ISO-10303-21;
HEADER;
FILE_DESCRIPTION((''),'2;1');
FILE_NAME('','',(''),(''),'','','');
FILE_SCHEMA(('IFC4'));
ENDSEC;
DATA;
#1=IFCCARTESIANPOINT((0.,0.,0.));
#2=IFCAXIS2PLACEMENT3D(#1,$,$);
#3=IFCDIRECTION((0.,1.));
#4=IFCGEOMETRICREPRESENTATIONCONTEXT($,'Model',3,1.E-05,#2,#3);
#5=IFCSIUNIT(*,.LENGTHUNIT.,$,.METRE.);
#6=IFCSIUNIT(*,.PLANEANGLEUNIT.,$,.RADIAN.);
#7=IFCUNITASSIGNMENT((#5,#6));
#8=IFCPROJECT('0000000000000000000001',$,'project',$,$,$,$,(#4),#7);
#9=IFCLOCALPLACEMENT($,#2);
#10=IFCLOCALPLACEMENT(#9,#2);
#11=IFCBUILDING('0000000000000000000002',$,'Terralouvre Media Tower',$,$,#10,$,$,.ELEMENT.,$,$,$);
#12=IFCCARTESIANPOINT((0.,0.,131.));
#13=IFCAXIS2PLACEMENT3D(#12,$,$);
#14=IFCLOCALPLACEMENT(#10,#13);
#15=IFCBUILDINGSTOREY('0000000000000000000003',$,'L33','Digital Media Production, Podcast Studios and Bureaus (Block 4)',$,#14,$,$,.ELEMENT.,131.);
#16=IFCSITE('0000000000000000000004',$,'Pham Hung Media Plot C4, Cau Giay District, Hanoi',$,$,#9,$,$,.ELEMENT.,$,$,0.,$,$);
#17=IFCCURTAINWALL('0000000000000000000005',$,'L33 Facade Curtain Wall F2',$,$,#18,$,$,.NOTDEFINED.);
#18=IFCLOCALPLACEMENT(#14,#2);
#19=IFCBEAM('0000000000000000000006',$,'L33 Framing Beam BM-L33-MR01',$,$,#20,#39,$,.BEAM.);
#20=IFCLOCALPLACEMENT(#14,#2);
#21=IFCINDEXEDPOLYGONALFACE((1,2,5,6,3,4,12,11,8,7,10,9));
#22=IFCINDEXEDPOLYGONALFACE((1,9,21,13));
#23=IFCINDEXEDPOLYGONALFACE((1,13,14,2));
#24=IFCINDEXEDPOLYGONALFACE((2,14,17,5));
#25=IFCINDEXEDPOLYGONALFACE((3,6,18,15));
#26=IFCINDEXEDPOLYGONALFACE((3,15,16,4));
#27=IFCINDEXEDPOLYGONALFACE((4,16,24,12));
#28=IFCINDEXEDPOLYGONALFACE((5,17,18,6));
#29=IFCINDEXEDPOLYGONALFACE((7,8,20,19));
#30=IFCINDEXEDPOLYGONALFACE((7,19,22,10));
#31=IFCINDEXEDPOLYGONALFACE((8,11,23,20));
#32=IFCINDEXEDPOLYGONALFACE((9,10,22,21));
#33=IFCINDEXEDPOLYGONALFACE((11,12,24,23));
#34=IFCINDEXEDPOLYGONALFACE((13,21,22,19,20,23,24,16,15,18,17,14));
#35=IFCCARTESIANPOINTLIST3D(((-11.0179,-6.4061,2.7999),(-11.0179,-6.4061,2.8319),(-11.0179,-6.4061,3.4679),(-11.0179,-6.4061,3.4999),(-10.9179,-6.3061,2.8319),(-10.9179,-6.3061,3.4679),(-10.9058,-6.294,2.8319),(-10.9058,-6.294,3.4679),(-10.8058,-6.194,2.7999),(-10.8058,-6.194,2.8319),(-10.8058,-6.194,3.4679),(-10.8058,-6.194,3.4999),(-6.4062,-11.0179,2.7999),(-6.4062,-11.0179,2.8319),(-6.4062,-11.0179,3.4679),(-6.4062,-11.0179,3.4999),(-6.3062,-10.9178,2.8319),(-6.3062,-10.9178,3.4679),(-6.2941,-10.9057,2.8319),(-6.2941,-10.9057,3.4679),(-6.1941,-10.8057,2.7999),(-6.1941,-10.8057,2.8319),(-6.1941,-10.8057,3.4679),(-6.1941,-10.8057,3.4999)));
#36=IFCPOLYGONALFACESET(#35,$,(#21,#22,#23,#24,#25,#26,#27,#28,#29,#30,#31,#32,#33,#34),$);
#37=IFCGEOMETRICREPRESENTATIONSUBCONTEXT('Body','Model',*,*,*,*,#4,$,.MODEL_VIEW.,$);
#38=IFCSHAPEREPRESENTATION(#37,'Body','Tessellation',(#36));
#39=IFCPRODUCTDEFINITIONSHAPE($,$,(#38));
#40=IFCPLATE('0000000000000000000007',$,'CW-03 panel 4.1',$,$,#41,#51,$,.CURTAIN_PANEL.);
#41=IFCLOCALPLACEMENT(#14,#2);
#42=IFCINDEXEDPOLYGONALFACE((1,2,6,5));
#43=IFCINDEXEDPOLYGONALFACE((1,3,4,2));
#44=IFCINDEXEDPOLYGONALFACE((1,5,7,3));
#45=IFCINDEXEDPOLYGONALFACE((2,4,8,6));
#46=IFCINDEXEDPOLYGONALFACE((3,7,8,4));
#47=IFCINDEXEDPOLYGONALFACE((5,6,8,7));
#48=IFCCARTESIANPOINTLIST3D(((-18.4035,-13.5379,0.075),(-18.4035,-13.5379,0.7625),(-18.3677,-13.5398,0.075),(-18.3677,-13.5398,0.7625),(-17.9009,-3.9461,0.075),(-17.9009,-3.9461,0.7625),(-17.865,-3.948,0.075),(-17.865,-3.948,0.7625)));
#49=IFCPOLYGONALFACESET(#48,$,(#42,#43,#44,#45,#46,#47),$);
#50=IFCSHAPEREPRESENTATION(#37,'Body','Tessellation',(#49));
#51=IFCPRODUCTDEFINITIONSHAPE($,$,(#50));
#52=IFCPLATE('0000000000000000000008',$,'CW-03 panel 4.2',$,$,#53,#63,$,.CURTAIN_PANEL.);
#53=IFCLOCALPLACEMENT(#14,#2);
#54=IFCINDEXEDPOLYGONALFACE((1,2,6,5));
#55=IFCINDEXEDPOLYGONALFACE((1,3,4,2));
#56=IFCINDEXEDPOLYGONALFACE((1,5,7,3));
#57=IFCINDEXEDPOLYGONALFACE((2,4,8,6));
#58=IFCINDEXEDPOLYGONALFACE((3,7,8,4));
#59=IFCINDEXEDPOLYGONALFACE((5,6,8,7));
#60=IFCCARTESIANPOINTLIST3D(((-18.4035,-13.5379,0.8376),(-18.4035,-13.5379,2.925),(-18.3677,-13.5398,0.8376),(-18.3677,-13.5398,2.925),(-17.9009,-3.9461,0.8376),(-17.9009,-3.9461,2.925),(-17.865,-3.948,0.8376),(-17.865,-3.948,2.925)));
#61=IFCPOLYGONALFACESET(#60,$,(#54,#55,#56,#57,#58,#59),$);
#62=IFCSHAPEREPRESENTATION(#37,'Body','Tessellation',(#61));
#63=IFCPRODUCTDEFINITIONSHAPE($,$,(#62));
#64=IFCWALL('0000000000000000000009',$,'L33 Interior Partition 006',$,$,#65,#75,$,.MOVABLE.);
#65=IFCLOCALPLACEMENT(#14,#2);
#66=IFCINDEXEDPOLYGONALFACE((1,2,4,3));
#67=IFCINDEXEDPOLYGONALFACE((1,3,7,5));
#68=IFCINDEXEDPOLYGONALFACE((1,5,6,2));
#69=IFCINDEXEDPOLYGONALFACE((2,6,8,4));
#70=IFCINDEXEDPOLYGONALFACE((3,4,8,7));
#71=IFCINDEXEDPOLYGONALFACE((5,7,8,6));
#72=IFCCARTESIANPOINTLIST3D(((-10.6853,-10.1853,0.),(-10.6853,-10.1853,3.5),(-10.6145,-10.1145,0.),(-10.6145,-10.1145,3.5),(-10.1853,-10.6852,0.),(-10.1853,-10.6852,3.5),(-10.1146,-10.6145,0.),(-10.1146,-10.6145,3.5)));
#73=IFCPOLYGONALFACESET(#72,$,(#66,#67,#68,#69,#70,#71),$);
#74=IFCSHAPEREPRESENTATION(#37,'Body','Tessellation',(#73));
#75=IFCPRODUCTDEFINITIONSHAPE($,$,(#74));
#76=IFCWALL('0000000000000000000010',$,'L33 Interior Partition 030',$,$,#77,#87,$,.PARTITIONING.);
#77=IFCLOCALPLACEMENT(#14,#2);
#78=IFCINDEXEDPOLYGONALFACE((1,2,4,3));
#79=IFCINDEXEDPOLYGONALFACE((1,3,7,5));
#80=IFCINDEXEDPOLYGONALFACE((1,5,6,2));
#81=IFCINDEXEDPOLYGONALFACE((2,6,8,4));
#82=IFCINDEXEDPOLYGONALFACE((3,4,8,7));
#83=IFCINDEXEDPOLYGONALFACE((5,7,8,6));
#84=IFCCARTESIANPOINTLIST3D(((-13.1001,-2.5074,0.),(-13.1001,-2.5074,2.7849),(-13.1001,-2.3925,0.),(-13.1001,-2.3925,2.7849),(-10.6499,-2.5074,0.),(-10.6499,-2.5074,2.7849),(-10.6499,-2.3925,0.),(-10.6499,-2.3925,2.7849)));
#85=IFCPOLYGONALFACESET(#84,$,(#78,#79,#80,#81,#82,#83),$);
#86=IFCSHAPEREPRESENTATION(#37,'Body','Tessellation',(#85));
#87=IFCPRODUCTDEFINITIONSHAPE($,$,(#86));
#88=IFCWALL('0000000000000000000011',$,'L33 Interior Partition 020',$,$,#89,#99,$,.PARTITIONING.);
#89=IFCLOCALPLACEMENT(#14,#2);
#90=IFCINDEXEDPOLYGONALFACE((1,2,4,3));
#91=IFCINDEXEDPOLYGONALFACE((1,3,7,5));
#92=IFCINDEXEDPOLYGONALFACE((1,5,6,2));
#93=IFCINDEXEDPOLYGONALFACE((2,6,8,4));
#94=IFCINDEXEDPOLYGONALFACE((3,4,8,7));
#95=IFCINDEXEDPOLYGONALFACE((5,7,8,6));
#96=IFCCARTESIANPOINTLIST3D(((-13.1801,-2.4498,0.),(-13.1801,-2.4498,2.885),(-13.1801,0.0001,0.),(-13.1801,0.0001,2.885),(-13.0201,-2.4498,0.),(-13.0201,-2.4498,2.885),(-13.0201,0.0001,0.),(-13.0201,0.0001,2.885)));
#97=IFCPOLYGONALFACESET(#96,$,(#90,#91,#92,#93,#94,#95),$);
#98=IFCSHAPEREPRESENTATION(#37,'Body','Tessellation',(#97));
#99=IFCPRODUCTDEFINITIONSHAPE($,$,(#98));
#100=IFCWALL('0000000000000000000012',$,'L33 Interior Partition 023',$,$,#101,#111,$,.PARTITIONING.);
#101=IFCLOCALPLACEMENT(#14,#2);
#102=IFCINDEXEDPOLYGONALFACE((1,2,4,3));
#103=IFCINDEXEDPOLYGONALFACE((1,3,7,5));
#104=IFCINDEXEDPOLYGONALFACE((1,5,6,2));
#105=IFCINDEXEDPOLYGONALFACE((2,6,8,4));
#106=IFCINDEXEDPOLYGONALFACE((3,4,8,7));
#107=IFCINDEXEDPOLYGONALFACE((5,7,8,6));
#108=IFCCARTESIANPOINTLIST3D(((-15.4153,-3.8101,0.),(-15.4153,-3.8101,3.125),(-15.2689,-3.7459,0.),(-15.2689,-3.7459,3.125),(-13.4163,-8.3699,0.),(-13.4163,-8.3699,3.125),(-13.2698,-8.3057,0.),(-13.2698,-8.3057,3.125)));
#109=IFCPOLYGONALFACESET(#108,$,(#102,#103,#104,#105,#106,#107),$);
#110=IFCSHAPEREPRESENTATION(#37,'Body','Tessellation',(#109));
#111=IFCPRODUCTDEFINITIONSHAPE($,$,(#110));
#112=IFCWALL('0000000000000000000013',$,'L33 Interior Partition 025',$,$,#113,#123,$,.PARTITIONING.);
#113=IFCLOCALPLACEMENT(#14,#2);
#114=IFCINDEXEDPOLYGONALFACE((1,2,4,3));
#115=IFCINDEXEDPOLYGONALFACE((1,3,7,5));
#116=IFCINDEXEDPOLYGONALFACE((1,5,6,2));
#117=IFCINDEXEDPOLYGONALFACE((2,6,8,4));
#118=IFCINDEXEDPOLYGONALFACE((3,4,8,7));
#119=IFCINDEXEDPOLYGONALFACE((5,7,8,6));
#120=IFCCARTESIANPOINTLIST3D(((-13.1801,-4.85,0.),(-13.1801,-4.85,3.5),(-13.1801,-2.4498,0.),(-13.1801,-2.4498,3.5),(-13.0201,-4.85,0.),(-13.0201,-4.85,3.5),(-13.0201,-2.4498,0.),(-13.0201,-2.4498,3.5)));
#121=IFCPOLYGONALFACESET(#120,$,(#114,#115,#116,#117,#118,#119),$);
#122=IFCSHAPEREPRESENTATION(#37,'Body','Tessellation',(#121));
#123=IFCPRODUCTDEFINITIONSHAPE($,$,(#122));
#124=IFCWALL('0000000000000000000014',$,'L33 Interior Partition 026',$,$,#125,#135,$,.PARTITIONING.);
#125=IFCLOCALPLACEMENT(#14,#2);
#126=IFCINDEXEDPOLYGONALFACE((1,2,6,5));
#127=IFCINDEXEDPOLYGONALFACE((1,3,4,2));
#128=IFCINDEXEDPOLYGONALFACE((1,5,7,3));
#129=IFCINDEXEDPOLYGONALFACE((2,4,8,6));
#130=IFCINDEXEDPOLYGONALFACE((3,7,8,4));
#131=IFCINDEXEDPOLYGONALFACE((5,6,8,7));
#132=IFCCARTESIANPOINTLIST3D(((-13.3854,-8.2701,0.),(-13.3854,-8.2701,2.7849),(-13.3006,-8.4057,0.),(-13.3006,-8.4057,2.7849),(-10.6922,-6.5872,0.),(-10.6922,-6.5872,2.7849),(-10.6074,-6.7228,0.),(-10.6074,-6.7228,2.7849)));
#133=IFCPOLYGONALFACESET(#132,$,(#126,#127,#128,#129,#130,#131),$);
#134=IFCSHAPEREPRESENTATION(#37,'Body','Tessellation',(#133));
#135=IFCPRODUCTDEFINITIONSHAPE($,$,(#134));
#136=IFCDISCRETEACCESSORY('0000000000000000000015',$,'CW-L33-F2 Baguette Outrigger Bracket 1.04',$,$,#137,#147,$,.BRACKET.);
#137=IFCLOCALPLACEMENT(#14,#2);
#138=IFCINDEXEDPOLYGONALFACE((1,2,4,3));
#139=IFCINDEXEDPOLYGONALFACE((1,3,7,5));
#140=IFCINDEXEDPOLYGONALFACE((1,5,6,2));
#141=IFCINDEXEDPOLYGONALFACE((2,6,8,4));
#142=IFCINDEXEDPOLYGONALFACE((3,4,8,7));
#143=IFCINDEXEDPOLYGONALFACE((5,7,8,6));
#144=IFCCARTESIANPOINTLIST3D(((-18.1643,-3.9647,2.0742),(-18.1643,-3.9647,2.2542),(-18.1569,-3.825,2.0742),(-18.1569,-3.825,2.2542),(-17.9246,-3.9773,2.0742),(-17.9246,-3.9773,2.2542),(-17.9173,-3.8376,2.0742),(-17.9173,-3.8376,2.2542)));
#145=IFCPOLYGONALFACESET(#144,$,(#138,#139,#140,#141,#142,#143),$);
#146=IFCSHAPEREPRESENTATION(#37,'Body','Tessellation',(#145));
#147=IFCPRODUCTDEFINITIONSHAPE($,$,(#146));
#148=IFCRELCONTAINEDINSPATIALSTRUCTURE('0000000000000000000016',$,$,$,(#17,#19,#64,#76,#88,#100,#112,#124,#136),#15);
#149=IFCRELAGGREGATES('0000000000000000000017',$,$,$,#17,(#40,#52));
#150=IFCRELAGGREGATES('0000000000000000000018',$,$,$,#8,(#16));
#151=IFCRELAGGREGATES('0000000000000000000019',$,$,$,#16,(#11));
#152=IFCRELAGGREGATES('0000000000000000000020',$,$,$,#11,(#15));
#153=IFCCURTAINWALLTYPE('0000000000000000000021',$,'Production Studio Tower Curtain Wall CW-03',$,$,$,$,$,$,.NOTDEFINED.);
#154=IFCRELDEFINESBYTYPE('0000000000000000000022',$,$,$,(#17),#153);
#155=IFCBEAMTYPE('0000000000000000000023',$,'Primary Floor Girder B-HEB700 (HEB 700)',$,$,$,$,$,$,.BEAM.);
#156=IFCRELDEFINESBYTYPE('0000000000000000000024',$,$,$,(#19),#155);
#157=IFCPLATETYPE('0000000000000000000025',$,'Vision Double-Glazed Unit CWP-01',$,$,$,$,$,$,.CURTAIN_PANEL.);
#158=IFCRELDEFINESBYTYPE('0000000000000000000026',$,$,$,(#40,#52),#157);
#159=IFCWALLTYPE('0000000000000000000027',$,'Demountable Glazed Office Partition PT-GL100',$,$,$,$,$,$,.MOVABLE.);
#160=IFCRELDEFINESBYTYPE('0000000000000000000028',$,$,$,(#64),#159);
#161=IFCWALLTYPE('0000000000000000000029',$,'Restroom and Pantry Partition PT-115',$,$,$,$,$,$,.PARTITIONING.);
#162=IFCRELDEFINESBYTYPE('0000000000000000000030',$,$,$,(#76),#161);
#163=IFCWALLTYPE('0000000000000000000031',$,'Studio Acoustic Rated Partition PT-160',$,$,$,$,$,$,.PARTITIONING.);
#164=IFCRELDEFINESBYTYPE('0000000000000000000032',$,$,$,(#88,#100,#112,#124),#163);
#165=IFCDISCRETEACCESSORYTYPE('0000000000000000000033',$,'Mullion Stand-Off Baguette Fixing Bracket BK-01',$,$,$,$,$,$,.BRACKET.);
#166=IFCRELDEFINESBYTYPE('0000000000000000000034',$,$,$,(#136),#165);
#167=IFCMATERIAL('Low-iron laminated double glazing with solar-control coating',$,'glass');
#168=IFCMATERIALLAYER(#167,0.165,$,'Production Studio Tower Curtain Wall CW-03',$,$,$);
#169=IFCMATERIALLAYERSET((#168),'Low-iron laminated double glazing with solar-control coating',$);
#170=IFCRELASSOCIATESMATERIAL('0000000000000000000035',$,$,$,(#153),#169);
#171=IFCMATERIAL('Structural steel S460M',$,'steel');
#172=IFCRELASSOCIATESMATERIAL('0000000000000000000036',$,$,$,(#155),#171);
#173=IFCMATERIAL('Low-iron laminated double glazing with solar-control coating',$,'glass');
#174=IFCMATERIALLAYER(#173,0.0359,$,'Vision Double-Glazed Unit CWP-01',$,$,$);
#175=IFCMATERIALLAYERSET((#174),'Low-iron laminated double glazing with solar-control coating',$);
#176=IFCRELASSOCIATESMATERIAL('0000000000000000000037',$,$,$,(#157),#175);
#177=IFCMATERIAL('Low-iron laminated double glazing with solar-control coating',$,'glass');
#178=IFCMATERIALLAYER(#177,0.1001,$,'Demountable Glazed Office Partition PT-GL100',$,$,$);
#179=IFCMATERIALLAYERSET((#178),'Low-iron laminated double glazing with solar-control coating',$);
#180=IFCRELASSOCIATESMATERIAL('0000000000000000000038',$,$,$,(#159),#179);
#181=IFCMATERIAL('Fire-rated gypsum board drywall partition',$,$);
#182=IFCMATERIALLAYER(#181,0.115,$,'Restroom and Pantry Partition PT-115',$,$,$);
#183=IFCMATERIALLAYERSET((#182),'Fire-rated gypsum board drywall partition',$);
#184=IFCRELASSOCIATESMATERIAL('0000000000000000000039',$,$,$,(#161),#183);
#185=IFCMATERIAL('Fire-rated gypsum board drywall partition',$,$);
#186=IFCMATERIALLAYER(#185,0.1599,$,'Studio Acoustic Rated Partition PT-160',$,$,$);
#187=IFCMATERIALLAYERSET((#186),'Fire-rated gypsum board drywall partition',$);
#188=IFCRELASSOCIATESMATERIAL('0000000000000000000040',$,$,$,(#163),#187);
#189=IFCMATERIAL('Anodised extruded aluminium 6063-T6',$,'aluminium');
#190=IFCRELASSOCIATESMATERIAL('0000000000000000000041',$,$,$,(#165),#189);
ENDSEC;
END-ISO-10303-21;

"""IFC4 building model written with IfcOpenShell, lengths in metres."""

from ifc_helpers import new_model, si_unit, direction, frame, frame_2d, origin, origin_2d, place, context, subcontext, project, spatial, rectangle, i_section, extrude, material, layer, layer_set, material_profile, profile_set, type_object, element, aggregate, save


model = new_model("IFC4")

# Units and contexts
model_context = context("Model", 3, precision=1e-05, world=origin(), true_north=direction((0.0, 1.0)))
body_context = subcontext(model_context, "Body", "Model", "MODEL_VIEW")
ifc_project = project(units=[si_unit("LENGTHUNIT", "METRE"), si_unit("PLANEANGLEUNIT", "RADIAN")], contexts=[model_context])

# Site, building, storey
site_placement = place(None, origin())
site = spatial("IfcSite", under=ifc_project, at=site_placement, Name="Pham Hung Media Plot C4, Cau Giay District, Hanoi", CompositionType="ELEMENT", RefElevation=0.0)
building_placement = place(site_placement, origin())
building = spatial("IfcBuilding", under=site, at=building_placement, Name="Terralouvre Media Tower", CompositionType="ELEMENT")
storey_placement = place(building_placement, frame((0.0, 0.0, 131.0)))
storey = spatial("IfcBuildingStorey", under=building, at=storey_placement, Name="L33", Description="Digital Media Production, Podcast Studios and Bureaus (Block 4)", CompositionType="ELEMENT", Elevation=131.0)

# Curtain wall
ifc_material_1 = material(Name="Low-iron laminated double glazing with solar-control coating", Category="glass")
ifc_layer_1 = layer(ifc_material_1, 0.165, Name="Production Studio Tower Curtain Wall CW-03")
ifc_layer_set_1 = layer_set([ifc_layer_1], Name="Low-iron laminated double glazing with solar-control coating")
curtain_wall_type = type_object("IfcCurtainWallType", Name="Production Studio Tower Curtain Wall CW-03", PredefinedType="NOTDEFINED", material=ifc_layer_set_1)
curtain_wall_placement = place(storey_placement, origin())
curtain_wall = element("IfcCurtainWall", 1, at=curtain_wall_placement, inside=storey, type_object=curtain_wall_type, Name="L33 Facade Curtain Wall F2", PredefinedType="NOTDEFINED")

# Beam
ifc_material_2 = material(Name="Structural steel S460M", Category="steel")
ifc_material_profile_1 = material_profile(ifc_material_2, i_section(OverallWidth=0.3, OverallDepth=0.7, WebThickness=0.0171, FlangeThickness=0.032, at=origin_2d()), Name="HEB 700")
ifc_profile_set_1 = profile_set([ifc_material_profile_1], Name="Structural steel S460M")
beam_type_1 = type_object("IfcBeamType", Name="Primary Floor Girder B-HEB700 (HEB 700)", PredefinedType="BEAM", material=ifc_profile_set_1)
beam_1_placement = place(storey_placement, frame((-10.9119, -6.3, 3.1499), z_axis=(0.707107, -0.707107, 0.0), x_axis=(0.707107, 0.707107, 0.0)))
element("IfcBeam", 2, at=beam_1_placement, inside=storey, type_object=beam_type_1, Name="L33 Framing Beam BM-L33-MR01", PredefinedType="BEAM", context=body_context, shape_type="SweptSolid", body=[
    extrude(i_section(OverallWidth=0.3, OverallDepth=0.7, WebThickness=0.0171, FlangeThickness=0.032, at=origin_2d()), origin(), (0.0, 0.0, 1.0), 6.522),
])

# Plates
ifc_material_3 = material(Name="Low-iron laminated double glazing with solar-control coating", Category="glass")
ifc_layer_2 = layer(ifc_material_3, 0.0359, Name="Vision Double-Glazed Unit CWP-01")
ifc_layer_set_2 = layer_set([ifc_layer_2], Name="Low-iron laminated double glazing with solar-control coating")
plate_type = type_object("IfcPlateType", Name="Vision Double-Glazed Unit CWP-01", PredefinedType="CURTAIN_PANEL", material=ifc_layer_set_2)
plate_1_placement = place(storey_placement, frame((-18.1343, -8.7429, 0.075), z_axis=(0.0, 0.0, 1.0), x_axis=(-0.052336, -0.99863, 0.0)))
plate_1 = element("IfcPlate", 3, at=plate_1_placement, type_object=plate_type, Name="CW-03 panel 4.1", PredefinedType="CURTAIN_PANEL", context=body_context, shape_type="SweptSolid", body=[
    extrude(rectangle(XDim=9.605, YDim=0.0359, at=origin_2d()), origin(), (0.0, 0.0, 1.0), 0.6875),
])
plate_2_placement = place(storey_placement, frame((-18.1343, -8.7429, 0.8376), z_axis=(0.0, 0.0, 1.0), x_axis=(-0.052336, -0.99863, 0.0)))
plate_2 = element("IfcPlate", 4, at=plate_2_placement, type_object=plate_type, Name="CW-03 panel 4.2", PredefinedType="CURTAIN_PANEL", context=body_context, shape_type="SweptSolid", body=[
    extrude(rectangle(XDim=9.605, YDim=0.0359, at=origin_2d()), origin(), (0.0, 0.0, 1.0), 2.0874),
])
aggregate(curtain_wall, [plate_1, plate_2])

# Walls
ifc_material_4 = material(Name="Low-iron laminated double glazing with solar-control coating", Category="glass")
ifc_layer_3 = layer(ifc_material_4, 0.1001, Name="Demountable Glazed Office Partition PT-GL100")
ifc_layer_set_3 = layer_set([ifc_layer_3], Name="Low-iron laminated double glazing with solar-control coating")
wall_type_1 = type_object("IfcWallType", Name="Demountable Glazed Office Partition PT-GL100", PredefinedType="MOVABLE", material=ifc_layer_set_3)
wall_1_placement = place(storey_placement, frame((-10.6499, -10.1499, 0.0), z_axis=(0.0, 0.0, 1.0), x_axis=(0.707107, -0.707107, 0.0)))
element("IfcWall", 5, at=wall_1_placement, inside=storey, type_object=wall_type_1, Name="L33 Interior Partition 006", PredefinedType="MOVABLE", context=body_context, shape_type="SweptSolid", body=[
    extrude(rectangle(XDim=0.707, YDim=0.1001, at=frame_2d((0.3535, 0.0))), origin(), (0.0, 0.0, 1.0), 3.5),
])
ifc_material_5 = material(Name="Fire-rated gypsum board drywall partition")
ifc_layer_4 = layer(ifc_material_5, 0.115, Name="Restroom and Pantry Partition PT-115")
ifc_layer_set_4 = layer_set([ifc_layer_4], Name="Fire-rated gypsum board drywall partition")
wall_type_2 = type_object("IfcWallType", Name="Restroom and Pantry Partition PT-115", PredefinedType="PARTITIONING", material=ifc_layer_set_4)
wall_2_placement = place(storey_placement, frame((-13.1001, -2.45, 0.0), z_axis=(0.0, 0.0, 1.0), x_axis=(1.0, 0.0, 0.0)))
element("IfcWall", 6, at=wall_2_placement, inside=storey, type_object=wall_type_2, Name="L33 Interior Partition 030", PredefinedType="PARTITIONING", context=body_context, shape_type="SweptSolid", body=[
    extrude(rectangle(XDim=2.4502, YDim=0.115, at=frame_2d((1.2251, 0.0))), origin(), (0.0, 0.0, 1.0), 2.7849),
])
ifc_material_6 = material(Name="Fire-rated gypsum board drywall partition")
ifc_layer_5 = layer(ifc_material_6, 0.1599, Name="Studio Acoustic Rated Partition PT-160")
ifc_layer_set_5 = layer_set([ifc_layer_5], Name="Fire-rated gypsum board drywall partition")
wall_type_3 = type_object("IfcWallType", Name="Studio Acoustic Rated Partition PT-160", PredefinedType="PARTITIONING", material=ifc_layer_set_5)
wall_3_placement = place(storey_placement, frame((-13.1001, -2.45, 0.0), z_axis=(0.0, 0.0, 1.0), x_axis=(0.0, 1.0, 0.0)))
element("IfcWall", 7, at=wall_3_placement, inside=storey, type_object=wall_type_3, Name="L33 Interior Partition 020", PredefinedType="PARTITIONING", context=body_context, shape_type="SweptSolid", body=[
    extrude(rectangle(XDim=2.45, YDim=0.1599, at=frame_2d((1.2251, 0.0))), origin(), (0.0, 0.0, 1.0), 2.885),
])
wall_4_placement = place(storey_placement, frame((-15.342, -3.7781, 0.0), z_axis=(0.0, 0.0, 1.0), x_axis=(0.401511, -0.915854, 0.0)))
element("IfcWall", 8, at=wall_4_placement, inside=storey, type_object=wall_type_3, Name="L33 Interior Partition 023", PredefinedType="PARTITIONING", context=body_context, shape_type="SweptSolid", body=[
    extrude(rectangle(XDim=4.9788, YDim=0.1599, at=frame_2d((2.4893, 0.0))), origin(), (0.0, 0.0, 1.0), 3.125),
])
wall_5_placement = place(storey_placement, frame((-13.1001, -4.8501, 0.0), z_axis=(0.0, 0.0, 1.0), x_axis=(0.0, 1.0, 0.0)))
element("IfcWall", 9, at=wall_5_placement, inside=storey, type_object=wall_type_3, Name="L33 Interior Partition 025", PredefinedType="PARTITIONING", context=body_context, shape_type="SweptSolid", body=[
    extrude(rectangle(XDim=2.4001, YDim=0.1599, at=frame_2d((1.2002, 0.0))), origin(), (0.0, 0.0, 1.0), 3.5),
])
wall_6_placement = place(storey_placement, frame((-13.343, -8.3379, 0.0), z_axis=(0.0, 0.0, 1.0), x_axis=(0.848046, 0.529923, 0.0)))
element("IfcWall", 10, at=wall_6_placement, inside=storey, type_object=wall_type_3, Name="L33 Interior Partition 026", PredefinedType="PARTITIONING", context=body_context, shape_type="SweptSolid", body=[
    extrude(rectangle(XDim=3.1758, YDim=0.1599, at=frame_2d((1.5879, 0.0))), origin(), (0.0, 0.0, 1.0), 2.7849),
])

# Discrete accessory
ifc_material_7 = material(Name="Anodised extruded aluminium 6063-T6", Category="aluminium")
discrete_accessory_type = type_object("IfcDiscreteAccessoryType", Name="Mullion Stand-Off Baguette Fixing Bracket BK-01", PredefinedType="BRACKET", material=ifc_material_7)
discrete_accessory_placement = place(storey_placement, frame((-18.0408, -3.9011, 2.0742), z_axis=(0.0, 0.0, 1.0), x_axis=(-0.052336, -0.99863, 0.0)))
element("IfcDiscreteAccessory", 11, at=discrete_accessory_placement, inside=storey, type_object=discrete_accessory_type, Name="CW-L33-F2 Baguette Outrigger Bracket 1.04", PredefinedType="BRACKET", context=body_context, shape_type="SweptSolid", body=[
    extrude(rectangle(XDim=0.1399, YDim=0.24, at=origin_2d()), origin(), (0.0, 0.0, 1.0), 0.1799),
])

save(model, "model.ifc")
